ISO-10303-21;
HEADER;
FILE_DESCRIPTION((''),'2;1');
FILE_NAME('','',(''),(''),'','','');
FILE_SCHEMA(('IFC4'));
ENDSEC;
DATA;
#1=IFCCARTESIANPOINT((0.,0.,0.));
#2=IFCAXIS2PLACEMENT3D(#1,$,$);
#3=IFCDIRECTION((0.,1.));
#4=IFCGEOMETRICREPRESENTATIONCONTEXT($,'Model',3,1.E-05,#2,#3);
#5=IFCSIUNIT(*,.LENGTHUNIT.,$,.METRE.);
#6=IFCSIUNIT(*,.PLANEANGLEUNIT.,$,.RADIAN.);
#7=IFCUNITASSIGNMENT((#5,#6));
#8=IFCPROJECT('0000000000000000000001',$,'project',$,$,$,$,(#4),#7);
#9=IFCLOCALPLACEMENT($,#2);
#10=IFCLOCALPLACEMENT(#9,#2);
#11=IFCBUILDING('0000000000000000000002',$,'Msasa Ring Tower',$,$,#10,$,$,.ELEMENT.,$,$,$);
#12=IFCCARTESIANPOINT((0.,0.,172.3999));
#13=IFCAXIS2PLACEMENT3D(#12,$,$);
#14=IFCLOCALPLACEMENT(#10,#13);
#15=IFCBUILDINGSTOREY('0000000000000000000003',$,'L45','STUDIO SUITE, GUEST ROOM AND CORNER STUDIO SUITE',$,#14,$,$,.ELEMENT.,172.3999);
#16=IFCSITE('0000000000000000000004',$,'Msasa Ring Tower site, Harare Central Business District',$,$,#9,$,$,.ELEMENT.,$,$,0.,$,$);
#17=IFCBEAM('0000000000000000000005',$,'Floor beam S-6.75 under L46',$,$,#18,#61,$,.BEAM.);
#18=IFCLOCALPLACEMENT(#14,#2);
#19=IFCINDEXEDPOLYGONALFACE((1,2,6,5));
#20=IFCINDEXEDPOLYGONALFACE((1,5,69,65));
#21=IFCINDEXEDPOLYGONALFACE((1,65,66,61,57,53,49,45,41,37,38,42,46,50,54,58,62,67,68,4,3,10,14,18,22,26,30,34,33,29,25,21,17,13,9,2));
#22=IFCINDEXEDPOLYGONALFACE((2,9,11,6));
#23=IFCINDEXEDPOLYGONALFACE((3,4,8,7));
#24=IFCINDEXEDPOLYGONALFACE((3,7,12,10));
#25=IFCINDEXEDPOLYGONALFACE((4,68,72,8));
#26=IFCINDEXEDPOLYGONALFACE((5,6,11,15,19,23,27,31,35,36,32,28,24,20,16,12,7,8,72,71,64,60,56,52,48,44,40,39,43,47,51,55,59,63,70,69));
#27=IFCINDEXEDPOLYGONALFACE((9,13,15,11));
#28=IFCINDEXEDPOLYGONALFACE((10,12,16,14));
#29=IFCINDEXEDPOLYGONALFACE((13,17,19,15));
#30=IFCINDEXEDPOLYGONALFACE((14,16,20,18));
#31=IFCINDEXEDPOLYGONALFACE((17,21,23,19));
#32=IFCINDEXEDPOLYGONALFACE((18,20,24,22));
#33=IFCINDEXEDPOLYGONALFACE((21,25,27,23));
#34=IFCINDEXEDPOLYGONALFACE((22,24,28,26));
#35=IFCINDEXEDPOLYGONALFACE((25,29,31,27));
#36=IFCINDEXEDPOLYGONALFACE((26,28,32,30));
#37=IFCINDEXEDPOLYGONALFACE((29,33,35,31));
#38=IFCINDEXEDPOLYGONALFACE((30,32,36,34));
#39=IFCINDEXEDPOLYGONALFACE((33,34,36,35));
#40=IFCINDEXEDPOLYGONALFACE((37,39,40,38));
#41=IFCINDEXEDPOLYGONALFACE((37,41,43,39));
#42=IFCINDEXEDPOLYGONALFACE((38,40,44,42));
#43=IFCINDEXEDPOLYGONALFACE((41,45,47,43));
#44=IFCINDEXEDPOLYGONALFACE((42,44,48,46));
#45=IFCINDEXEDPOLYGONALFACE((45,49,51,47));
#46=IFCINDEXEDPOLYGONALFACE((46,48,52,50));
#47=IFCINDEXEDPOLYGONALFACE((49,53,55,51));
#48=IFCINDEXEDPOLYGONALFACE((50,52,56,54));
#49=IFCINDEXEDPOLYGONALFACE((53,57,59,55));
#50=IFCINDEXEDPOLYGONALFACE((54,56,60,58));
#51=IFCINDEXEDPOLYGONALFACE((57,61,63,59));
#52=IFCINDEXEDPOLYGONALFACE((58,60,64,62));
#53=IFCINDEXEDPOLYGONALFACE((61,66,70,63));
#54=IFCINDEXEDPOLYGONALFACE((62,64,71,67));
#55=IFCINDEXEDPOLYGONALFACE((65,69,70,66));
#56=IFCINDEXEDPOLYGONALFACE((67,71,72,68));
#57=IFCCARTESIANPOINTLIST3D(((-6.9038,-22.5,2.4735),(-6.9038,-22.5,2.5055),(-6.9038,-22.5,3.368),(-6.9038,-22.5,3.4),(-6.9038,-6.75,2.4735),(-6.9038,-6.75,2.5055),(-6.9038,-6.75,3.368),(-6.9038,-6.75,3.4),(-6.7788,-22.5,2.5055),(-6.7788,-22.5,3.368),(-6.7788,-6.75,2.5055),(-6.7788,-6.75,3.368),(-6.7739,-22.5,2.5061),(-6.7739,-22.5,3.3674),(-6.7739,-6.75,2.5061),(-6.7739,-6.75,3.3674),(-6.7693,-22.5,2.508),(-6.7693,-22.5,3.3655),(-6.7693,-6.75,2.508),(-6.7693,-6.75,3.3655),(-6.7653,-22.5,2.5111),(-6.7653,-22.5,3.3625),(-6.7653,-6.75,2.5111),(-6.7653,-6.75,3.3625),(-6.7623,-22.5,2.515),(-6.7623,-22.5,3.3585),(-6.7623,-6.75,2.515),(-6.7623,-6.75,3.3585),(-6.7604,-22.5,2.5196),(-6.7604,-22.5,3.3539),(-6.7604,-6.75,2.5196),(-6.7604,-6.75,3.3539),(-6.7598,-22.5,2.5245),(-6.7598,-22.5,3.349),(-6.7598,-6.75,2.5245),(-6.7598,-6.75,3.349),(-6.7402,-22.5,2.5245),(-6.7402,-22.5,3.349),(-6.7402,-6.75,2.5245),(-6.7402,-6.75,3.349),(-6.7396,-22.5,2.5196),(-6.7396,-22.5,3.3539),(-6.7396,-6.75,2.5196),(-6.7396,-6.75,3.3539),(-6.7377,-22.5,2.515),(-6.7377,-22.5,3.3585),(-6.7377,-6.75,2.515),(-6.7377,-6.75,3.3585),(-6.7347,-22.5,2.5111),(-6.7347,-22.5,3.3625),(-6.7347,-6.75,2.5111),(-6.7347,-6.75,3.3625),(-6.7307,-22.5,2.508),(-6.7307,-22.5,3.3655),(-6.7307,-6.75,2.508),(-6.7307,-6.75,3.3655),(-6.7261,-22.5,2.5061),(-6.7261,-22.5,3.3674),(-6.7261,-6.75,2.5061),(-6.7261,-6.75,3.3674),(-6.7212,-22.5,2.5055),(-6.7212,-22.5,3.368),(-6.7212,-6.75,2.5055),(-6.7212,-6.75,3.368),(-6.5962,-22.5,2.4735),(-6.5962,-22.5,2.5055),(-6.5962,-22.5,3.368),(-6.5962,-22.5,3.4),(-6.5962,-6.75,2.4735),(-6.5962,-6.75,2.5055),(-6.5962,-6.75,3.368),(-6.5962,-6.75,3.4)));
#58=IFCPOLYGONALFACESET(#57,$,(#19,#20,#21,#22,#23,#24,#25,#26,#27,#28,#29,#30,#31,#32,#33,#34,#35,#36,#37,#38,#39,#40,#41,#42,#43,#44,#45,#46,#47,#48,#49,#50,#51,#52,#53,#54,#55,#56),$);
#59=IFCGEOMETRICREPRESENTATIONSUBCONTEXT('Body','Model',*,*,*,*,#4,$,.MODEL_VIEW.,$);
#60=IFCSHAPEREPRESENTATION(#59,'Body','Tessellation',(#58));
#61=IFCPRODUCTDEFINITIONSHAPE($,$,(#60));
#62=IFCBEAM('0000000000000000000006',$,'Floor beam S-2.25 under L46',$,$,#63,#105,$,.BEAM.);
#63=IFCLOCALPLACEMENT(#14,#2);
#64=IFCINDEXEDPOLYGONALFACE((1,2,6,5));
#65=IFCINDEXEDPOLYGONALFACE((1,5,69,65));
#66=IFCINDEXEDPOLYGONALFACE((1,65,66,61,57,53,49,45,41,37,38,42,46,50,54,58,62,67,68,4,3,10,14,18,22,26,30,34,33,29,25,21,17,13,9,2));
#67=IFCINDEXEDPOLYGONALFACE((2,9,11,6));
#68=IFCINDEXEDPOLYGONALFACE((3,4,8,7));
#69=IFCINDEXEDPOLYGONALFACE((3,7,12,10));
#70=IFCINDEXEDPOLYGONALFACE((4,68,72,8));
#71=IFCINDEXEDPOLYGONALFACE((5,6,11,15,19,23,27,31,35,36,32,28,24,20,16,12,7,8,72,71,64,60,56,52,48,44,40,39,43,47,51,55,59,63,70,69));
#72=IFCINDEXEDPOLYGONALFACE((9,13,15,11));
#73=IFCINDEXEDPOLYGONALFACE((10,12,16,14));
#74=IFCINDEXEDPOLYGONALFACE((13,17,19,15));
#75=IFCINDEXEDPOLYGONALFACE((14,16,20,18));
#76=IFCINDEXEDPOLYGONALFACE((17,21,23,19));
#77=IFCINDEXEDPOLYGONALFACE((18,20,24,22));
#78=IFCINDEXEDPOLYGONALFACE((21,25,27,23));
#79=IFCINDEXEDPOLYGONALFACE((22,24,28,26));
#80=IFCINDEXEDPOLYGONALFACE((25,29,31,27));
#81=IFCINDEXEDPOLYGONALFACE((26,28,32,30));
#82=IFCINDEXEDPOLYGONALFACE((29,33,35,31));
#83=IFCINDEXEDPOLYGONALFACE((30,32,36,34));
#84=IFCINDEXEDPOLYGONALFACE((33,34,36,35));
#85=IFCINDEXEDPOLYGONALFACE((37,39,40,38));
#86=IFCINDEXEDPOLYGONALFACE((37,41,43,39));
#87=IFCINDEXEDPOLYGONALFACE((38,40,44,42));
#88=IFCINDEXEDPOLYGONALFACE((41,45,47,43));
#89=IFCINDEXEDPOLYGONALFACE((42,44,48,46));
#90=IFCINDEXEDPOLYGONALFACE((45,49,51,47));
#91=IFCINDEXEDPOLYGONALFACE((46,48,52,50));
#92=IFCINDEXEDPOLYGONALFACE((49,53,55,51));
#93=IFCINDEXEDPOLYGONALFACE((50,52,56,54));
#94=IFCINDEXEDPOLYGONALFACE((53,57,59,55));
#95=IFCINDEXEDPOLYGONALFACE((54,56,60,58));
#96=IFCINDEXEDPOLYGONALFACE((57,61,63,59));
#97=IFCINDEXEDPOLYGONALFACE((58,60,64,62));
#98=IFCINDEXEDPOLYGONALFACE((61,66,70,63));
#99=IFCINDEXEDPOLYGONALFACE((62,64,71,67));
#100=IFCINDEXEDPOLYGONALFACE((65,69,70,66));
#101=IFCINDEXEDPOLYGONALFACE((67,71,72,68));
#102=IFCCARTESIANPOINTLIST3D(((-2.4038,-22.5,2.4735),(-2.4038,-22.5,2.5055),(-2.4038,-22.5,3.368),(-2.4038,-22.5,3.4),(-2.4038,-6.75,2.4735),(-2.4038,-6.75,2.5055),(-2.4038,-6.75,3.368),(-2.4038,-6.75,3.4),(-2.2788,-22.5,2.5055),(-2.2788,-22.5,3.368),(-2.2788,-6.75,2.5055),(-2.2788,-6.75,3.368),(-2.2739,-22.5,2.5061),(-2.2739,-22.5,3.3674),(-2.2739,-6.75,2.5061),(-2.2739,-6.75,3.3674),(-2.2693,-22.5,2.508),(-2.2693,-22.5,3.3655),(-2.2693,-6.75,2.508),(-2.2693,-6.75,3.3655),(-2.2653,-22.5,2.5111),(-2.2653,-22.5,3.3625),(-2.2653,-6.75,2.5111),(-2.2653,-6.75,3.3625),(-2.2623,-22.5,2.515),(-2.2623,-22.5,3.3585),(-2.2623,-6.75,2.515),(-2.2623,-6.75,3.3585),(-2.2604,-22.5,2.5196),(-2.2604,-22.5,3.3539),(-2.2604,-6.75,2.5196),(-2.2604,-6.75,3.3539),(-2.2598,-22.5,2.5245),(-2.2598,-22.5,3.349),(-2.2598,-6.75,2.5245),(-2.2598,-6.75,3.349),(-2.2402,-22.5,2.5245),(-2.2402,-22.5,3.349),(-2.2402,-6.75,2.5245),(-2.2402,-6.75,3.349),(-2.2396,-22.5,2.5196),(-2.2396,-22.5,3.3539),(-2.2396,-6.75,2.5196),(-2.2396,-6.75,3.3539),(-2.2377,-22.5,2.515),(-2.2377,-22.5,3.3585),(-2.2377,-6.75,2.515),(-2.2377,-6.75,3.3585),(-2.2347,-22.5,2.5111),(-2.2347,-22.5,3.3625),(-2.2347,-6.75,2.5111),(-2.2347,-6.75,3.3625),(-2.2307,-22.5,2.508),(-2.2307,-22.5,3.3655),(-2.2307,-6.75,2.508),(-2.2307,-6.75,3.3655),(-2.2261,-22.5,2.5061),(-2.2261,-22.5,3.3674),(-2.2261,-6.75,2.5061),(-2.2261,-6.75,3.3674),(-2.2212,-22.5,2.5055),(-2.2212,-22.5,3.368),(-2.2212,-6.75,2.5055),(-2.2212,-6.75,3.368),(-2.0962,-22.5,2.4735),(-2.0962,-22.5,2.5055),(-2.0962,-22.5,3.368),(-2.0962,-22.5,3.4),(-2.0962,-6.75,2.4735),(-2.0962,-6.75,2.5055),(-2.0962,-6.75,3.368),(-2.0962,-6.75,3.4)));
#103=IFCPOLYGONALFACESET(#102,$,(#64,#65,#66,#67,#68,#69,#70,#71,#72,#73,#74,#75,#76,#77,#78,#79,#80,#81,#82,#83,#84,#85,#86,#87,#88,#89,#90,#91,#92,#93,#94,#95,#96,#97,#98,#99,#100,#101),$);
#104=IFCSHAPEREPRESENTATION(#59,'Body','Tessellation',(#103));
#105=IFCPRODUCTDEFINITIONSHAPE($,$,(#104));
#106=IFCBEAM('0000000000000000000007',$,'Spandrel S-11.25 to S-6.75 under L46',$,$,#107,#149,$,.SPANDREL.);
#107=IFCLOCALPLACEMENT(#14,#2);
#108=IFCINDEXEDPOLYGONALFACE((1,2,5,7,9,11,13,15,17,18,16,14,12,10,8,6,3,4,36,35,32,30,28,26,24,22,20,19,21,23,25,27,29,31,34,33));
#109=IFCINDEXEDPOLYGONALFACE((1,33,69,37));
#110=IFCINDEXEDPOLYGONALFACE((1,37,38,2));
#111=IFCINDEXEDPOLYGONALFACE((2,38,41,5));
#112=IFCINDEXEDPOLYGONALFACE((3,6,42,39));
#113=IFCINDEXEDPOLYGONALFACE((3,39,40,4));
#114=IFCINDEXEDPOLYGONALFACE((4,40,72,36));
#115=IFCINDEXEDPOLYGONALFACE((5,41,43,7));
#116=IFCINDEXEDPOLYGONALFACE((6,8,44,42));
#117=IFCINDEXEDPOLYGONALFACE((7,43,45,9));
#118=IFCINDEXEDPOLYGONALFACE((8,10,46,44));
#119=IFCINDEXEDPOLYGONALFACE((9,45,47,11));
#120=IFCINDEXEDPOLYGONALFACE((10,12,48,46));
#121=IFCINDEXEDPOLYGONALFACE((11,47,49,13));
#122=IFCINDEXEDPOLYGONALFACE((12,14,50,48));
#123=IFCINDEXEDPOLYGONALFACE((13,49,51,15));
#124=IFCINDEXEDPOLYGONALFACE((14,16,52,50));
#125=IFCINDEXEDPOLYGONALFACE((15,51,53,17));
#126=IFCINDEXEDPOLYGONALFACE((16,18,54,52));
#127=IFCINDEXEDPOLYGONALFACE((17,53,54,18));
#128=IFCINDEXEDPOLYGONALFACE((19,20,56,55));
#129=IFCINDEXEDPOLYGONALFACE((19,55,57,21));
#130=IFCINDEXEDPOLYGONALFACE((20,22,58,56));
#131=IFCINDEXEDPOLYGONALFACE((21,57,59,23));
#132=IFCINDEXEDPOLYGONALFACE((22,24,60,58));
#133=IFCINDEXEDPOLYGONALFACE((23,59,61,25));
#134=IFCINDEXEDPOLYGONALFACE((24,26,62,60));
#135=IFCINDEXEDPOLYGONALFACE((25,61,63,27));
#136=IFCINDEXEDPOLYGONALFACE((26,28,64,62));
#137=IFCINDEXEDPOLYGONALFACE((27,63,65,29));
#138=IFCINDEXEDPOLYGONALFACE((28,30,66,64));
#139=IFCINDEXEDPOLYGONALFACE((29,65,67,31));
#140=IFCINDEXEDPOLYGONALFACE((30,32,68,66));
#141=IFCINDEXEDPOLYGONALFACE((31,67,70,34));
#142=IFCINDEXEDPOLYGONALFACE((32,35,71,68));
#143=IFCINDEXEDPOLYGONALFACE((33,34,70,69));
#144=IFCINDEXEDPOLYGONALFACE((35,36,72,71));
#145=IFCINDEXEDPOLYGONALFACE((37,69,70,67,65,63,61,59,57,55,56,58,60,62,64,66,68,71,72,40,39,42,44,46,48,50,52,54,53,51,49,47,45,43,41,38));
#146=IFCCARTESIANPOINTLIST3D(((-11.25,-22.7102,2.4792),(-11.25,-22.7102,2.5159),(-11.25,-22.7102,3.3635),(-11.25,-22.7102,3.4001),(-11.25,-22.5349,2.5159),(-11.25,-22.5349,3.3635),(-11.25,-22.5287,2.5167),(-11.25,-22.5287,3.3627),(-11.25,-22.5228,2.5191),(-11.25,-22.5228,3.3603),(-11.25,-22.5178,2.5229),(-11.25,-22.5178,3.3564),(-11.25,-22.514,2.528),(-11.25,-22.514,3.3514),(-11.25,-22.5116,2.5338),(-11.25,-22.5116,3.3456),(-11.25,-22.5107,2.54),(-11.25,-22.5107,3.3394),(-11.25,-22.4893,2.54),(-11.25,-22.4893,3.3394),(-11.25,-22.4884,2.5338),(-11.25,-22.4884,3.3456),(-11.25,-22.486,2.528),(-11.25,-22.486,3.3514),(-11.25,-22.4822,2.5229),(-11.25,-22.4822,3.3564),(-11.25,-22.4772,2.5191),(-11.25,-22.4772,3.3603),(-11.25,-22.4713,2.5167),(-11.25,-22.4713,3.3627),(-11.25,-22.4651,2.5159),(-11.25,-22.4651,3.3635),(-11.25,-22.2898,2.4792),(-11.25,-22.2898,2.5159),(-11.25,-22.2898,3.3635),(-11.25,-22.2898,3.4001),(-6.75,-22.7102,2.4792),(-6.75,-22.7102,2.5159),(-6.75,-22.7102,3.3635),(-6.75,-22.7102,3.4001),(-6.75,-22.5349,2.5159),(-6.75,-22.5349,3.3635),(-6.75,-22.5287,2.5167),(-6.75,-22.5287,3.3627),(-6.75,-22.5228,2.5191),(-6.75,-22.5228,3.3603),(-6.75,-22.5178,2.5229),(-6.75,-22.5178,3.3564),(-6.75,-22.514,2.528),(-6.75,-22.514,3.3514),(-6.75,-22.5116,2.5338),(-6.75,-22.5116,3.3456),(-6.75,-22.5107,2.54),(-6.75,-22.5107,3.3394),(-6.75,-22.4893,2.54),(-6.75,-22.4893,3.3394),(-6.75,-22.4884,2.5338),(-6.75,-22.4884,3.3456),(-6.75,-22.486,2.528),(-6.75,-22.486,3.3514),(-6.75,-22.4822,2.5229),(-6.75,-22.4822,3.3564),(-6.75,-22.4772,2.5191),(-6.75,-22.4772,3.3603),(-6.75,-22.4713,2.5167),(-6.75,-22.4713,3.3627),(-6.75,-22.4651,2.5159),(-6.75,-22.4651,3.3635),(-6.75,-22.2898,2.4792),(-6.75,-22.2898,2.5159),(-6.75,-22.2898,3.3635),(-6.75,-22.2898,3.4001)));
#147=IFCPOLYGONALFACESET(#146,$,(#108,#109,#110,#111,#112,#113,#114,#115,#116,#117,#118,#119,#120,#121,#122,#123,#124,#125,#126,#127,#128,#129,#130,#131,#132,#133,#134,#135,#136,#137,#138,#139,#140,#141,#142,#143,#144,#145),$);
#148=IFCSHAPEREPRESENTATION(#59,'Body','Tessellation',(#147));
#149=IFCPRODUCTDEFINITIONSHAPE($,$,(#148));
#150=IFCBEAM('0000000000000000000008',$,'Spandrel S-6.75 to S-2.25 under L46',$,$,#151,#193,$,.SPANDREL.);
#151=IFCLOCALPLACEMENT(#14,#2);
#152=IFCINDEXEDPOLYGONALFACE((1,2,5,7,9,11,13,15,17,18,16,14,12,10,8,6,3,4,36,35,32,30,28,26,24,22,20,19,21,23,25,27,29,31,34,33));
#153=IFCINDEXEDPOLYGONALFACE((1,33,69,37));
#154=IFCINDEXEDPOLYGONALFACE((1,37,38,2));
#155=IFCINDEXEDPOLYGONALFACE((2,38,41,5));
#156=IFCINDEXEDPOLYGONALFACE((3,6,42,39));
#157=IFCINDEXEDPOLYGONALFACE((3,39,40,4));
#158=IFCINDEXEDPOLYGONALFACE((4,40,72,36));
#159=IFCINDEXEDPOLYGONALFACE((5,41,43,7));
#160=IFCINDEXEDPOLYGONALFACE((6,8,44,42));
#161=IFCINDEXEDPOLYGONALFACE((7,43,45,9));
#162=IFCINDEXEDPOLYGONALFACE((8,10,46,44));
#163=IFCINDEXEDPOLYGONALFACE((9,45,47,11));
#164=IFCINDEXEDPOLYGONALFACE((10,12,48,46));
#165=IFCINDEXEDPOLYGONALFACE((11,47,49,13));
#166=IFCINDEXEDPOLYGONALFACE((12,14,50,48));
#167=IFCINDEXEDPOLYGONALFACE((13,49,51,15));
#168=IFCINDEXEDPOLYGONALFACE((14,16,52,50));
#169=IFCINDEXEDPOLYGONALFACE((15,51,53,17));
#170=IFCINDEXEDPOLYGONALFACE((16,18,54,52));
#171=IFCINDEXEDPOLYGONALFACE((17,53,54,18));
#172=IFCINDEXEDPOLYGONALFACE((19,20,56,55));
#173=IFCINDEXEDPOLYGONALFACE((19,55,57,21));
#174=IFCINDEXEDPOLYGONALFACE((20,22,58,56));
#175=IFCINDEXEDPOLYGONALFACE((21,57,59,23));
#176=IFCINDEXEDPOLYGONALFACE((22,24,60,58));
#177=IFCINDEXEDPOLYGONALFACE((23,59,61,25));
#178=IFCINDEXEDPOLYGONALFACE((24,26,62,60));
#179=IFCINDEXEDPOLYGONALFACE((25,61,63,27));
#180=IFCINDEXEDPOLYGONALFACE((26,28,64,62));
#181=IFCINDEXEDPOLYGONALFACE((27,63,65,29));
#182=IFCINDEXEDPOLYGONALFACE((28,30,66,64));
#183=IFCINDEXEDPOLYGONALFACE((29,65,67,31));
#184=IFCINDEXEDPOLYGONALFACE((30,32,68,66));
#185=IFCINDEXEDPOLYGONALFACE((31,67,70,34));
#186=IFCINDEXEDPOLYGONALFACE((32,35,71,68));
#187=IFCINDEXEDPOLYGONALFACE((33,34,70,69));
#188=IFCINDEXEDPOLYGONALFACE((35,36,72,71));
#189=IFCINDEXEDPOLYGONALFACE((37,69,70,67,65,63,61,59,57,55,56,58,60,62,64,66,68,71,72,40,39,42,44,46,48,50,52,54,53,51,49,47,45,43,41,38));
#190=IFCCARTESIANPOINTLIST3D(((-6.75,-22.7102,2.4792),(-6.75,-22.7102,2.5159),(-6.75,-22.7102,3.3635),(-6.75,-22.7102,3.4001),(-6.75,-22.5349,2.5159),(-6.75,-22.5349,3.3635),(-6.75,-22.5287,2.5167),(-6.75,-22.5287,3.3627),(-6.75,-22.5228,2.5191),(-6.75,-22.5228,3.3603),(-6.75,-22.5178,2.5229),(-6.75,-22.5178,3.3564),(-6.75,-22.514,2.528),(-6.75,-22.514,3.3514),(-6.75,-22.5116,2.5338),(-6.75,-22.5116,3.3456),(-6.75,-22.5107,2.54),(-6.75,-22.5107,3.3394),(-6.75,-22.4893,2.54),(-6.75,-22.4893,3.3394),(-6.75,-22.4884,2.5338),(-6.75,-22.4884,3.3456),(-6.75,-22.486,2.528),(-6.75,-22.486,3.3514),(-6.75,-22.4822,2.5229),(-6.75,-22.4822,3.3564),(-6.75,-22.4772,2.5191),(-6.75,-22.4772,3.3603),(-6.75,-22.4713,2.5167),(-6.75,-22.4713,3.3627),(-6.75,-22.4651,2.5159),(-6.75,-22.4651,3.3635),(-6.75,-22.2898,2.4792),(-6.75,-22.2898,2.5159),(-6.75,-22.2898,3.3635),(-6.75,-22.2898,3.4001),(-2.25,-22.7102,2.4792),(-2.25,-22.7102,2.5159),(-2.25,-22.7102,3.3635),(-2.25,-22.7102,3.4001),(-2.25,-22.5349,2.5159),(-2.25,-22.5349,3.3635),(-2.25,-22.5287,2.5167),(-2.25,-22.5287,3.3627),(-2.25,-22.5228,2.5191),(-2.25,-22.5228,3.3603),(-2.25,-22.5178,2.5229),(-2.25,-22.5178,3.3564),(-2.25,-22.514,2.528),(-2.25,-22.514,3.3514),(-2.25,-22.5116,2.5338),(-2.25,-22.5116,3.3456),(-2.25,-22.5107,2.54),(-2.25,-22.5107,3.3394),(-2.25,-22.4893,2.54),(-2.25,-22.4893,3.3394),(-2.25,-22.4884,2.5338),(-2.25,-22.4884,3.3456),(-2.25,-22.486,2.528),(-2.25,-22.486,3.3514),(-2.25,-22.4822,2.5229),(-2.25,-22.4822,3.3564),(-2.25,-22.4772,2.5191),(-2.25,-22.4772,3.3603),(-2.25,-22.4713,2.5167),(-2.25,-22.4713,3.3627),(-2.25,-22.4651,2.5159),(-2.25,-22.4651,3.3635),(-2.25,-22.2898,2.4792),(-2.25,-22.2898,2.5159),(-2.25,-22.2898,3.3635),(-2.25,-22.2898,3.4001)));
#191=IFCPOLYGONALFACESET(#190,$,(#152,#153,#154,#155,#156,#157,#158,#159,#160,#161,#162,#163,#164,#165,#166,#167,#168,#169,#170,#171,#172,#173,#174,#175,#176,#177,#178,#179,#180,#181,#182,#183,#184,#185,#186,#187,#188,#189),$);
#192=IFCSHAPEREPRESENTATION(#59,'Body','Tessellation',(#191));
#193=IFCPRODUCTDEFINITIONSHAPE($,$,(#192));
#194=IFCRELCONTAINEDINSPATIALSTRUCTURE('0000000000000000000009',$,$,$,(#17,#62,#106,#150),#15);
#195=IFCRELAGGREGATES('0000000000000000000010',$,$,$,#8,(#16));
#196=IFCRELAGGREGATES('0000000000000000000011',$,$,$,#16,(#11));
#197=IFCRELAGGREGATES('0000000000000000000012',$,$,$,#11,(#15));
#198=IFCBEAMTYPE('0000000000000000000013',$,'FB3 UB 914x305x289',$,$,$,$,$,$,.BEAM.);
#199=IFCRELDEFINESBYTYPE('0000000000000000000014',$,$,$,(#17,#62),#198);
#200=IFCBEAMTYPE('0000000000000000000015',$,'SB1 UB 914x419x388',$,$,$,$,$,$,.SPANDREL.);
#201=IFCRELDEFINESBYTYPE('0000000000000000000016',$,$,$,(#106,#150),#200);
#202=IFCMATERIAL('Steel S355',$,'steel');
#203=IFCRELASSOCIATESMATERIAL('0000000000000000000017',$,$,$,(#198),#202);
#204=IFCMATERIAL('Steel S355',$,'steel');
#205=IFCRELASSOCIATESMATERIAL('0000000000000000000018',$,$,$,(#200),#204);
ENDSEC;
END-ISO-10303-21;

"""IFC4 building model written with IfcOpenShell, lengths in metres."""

from ifc_helpers import new_model, si_unit, direction, frame, origin, origin_2d, place, context, subcontext, project, spatial, i_section, extrude, material, material_profile, profile_set, type_object, element, save


model = new_model("IFC4")

# Units and contexts
model_context = context("Model", 3, precision=1e-05, world=origin(), true_north=direction((0.0, 1.0)))
body_context = subcontext(model_context, "Body", "Model", "MODEL_VIEW")
ifc_project = project(units=[si_unit("LENGTHUNIT", "METRE"), si_unit("PLANEANGLEUNIT", "RADIAN")], contexts=[model_context])

# Site, building, storey
site_placement = place(None, origin())
site = spatial("IfcSite", under=ifc_project, at=site_placement, Name="Msasa Ring Tower site, Harare Central Business District", CompositionType="ELEMENT", RefElevation=0.0)
building_placement = place(site_placement, origin())
building = spatial("IfcBuilding", under=site, at=building_placement, Name="Msasa Ring Tower", CompositionType="ELEMENT")
storey_placement = place(building_placement, frame((0.0, 0.0, 172.3999)))
storey = spatial("IfcBuildingStorey", under=building, at=storey_placement, Name="L45", Description="STUDIO SUITE, GUEST ROOM AND CORNER STUDIO SUITE", CompositionType="ELEMENT", Elevation=172.3999)

# Beams
ifc_material_1 = material(Name="Steel S355", Category="steel")
ifc_material_profile_1 = material_profile(ifc_material_1, i_section(OverallWidth=0.3076, OverallDepth=0.9265, WebThickness=0.0195, FlangeThickness=0.032, FilletRadius=0.019, at=origin_2d()), Name="UB 914x305x289")
ifc_profile_set_1 = profile_set([ifc_material_profile_1], Name="Steel S355")
beam_type_1 = type_object("IfcBeamType", Name="FB3 UB 914x305x289", PredefinedType="BEAM", material=ifc_profile_set_1)
for number, where, z_axis, x_axis, name in (
    (1, (-6.75, -22.5, 2.9368), (0.0, 1.0, 0.0), (-1.0, 0.0, 0.0), "Floor beam S-6.75 under L46"),
    (2, (-2.25, -22.5, 2.9368), (0.0, 1.0, 0.0), (-1.0, 0.0, 0.0), "Floor beam S-2.25 under L46"),
):
    element("IfcBeam", number, at=place(storey_placement, frame(where, z_axis=z_axis, x_axis=x_axis)), inside=storey, type_object=beam_type_1, Name=name, PredefinedType="BEAM", context=body_context, shape_type="SweptSolid", body=[
        extrude(i_section(OverallWidth=0.3076, OverallDepth=0.9265, WebThickness=0.0195, FlangeThickness=0.032, FilletRadius=0.019, at=origin_2d()), origin(), (0.0, 0.0, 1.0), 15.75),
    ])
ifc_material_2 = material(Name="Steel S355", Category="steel")
ifc_material_profile_2 = material_profile(ifc_material_2, i_section(OverallWidth=0.4204, OverallDepth=0.9209, WebThickness=0.0215, FlangeThickness=0.0366, FilletRadius=0.0242, at=origin_2d()), Name="UB 914x419x388")
ifc_profile_set_2 = profile_set([ifc_material_profile_2], Name="Steel S355")
beam_type_2 = type_object("IfcBeamType", Name="SB1 UB 914x419x388", PredefinedType="SPANDREL", material=ifc_profile_set_2)
for number, where, z_axis, x_axis, name in (
    (3, (-11.25, -22.5, 2.9397), (1.0, 0.0, 0.0), (0.0, 1.0, 0.0), "Spandrel S-11.25 to S-6.75 under L46"),
    (4, (-6.75, -22.5, 2.9397), (1.0, 0.0, 0.0), (0.0, 1.0, 0.0), "Spandrel S-6.75 to S-2.25 under L46"),
):
    element("IfcBeam", number, at=place(storey_placement, frame(where, z_axis=z_axis, x_axis=x_axis)), inside=storey, type_object=beam_type_2, Name=name, PredefinedType="SPANDREL", context=body_context, shape_type="SweptSolid", body=[
        extrude(i_section(OverallWidth=0.4204, OverallDepth=0.9209, WebThickness=0.0215, FlangeThickness=0.0366, FilletRadius=0.0242, at=origin_2d()), origin(), (0.0, 0.0, 1.0), 4.5),
    ])

save(model, "model.ifc")
